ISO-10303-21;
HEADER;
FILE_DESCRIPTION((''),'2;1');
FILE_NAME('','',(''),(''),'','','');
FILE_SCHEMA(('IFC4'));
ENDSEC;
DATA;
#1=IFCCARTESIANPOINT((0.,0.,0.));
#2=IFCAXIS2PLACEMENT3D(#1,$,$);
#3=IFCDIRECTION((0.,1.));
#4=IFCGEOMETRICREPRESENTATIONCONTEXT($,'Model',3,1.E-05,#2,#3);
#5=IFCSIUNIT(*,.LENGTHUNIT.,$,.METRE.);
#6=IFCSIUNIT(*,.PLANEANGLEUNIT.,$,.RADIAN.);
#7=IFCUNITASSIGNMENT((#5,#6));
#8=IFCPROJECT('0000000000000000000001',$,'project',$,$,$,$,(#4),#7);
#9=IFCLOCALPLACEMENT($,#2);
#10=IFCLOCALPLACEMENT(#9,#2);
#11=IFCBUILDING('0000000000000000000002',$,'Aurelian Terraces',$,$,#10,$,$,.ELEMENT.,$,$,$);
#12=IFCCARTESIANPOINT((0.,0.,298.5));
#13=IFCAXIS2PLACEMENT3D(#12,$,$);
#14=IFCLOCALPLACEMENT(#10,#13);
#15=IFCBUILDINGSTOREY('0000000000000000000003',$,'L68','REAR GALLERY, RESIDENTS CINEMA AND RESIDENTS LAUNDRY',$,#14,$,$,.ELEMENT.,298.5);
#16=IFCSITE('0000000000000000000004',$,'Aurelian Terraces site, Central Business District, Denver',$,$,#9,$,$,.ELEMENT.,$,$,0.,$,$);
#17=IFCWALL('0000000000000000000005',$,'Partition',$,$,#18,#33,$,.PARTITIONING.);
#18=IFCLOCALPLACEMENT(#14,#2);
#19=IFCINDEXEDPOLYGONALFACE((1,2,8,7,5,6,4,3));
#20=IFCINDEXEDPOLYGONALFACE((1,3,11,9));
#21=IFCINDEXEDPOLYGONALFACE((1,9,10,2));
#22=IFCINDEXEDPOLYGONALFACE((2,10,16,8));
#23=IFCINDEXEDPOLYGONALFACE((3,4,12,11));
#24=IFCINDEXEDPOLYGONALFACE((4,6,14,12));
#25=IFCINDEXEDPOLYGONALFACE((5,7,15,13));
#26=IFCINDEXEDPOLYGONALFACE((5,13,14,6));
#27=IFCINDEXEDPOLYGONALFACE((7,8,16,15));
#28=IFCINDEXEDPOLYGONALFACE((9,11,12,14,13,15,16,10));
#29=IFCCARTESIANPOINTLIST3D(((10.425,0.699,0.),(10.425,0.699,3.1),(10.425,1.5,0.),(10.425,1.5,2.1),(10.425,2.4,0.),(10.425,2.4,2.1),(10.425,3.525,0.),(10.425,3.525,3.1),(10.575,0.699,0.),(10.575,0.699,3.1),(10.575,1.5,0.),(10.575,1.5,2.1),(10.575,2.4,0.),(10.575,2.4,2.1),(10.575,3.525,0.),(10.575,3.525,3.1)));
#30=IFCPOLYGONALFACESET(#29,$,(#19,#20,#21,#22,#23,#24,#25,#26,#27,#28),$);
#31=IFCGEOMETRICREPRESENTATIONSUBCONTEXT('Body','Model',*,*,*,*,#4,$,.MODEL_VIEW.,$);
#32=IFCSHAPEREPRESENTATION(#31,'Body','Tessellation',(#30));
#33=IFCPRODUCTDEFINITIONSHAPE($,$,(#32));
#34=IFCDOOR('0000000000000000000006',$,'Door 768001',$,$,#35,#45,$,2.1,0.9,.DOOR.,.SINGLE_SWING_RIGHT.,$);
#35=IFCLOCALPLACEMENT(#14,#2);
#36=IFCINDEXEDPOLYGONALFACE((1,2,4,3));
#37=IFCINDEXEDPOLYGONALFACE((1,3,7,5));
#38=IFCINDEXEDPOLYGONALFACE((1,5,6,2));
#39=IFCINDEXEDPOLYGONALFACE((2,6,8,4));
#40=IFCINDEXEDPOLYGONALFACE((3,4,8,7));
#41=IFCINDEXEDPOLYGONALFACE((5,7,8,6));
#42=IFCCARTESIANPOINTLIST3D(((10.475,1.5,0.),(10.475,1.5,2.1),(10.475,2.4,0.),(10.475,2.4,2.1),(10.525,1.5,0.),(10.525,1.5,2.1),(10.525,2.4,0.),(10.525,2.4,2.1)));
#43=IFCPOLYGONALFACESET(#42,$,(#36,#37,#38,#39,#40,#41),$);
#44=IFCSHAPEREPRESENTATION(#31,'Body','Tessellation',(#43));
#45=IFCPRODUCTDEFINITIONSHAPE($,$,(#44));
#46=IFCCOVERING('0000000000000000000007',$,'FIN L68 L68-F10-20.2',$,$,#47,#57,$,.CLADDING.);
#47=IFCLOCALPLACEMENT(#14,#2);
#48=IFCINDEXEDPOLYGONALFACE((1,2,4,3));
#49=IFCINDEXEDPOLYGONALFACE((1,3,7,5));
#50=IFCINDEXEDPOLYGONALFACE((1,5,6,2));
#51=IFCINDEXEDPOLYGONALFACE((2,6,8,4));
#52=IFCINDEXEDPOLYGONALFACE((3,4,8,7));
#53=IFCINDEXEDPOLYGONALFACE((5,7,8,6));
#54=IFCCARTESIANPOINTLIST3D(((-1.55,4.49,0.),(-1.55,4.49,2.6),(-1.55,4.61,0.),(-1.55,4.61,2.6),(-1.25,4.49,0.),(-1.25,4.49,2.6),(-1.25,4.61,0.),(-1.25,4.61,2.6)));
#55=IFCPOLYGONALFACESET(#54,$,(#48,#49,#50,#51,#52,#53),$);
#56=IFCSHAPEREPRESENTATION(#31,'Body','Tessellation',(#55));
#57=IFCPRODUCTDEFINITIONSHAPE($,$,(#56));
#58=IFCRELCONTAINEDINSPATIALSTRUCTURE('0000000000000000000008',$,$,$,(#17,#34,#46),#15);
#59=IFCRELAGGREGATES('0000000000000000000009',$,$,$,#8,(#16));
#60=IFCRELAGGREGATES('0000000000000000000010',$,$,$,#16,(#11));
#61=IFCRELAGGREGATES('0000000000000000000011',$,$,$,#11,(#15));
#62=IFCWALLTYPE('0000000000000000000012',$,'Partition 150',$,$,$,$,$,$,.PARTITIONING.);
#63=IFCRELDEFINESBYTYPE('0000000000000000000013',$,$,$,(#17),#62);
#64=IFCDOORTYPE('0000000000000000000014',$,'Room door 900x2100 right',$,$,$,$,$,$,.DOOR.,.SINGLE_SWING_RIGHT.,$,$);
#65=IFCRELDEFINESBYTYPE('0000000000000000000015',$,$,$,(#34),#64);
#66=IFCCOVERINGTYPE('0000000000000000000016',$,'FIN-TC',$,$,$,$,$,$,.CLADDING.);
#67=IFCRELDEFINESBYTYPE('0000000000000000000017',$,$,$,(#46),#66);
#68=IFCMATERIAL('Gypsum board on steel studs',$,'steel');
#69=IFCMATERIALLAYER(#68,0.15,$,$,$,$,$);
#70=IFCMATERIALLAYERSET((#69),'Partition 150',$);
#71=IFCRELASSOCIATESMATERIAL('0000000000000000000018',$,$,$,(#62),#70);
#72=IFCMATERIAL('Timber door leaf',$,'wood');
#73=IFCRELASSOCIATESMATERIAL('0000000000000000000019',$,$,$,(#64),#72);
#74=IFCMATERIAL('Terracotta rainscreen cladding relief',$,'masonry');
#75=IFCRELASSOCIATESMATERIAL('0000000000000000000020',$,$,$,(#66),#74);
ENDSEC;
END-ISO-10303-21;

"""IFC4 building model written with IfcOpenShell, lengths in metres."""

from ifc_helpers import new_model, si_unit, direction, frame, frame_2d, origin, origin_2d, place, context, subcontext, project, spatial, rectangle, extrude, source, transform, mapped, material, layer, layer_set, type_object, element, fill, save


model = new_model("IFC4")

# Units and contexts
model_context = context("Model", 3, precision=1e-05, world=origin(), true_north=direction((0.0, 1.0)))
body_context = subcontext(model_context, "Body", "Model", "MODEL_VIEW")
ifc_project = project(units=[si_unit("LENGTHUNIT", "METRE"), si_unit("PLANEANGLEUNIT", "RADIAN")], contexts=[model_context])

# Site, building, storey
site_placement = place(None, origin())
site = spatial("IfcSite", under=ifc_project, at=site_placement, Name="Aurelian Terraces site, Central Business District, Denver", CompositionType="ELEMENT", RefElevation=0.0)
building_placement = place(site_placement, origin())
building = spatial("IfcBuilding", under=site, at=building_placement, Name="Aurelian Terraces", CompositionType="ELEMENT")
storey_placement = place(building_placement, frame((0.0, 0.0, 298.5)))
storey = spatial("IfcBuildingStorey", under=building, at=storey_placement, Name="L68", Description="REAR GALLERY, RESIDENTS CINEMA AND RESIDENTS LAUNDRY", CompositionType="ELEMENT", Elevation=298.5)

# Shared definitions
shared_shape_1 = source(origin(), body_context, "Body", "SweptSolid", [
    extrude(rectangle(XDim=0.9, YDim=2.1, at=frame_2d((0.45, 1.05))), frame((0.0, 0.025, 0.0), z_axis=(0.0, -1.0, 0.0), x_axis=(1.0, 0.0, 0.0)), (0.0, 0.0, 1.0), 0.05),
])

# Wall, opening, door
ifc_material_1 = material(Name="Gypsum board on steel studs", Category="steel")
ifc_layer_1 = layer(ifc_material_1, 0.15)
ifc_layer_set_1 = layer_set([ifc_layer_1], Name="Partition 150")
wall_type_1 = type_object("IfcWallType", Name="Partition 150", PredefinedType="PARTITIONING", material=ifc_layer_set_1)
shared_shape_2 = source(origin(), body_context, "Body", "SweptSolid", [
    extrude(rectangle(XDim=2.826, YDim=0.15, at=frame_2d((1.413, 0.0))), origin(), (0.0, 0.0, 1.0), 3.1),
])
wall_1_placement = place(storey_placement, frame((10.5, 3.525, 0.0), z_axis=(0.0, 0.0, 1.0), x_axis=(0.0, -1.0, 0.0)))
wall_1 = element("IfcWall", 1, at=wall_1_placement, inside=storey, type_object=wall_type_1, Name="Partition", PredefinedType="PARTITIONING", context=body_context, shape_type="MappedRepresentation", body=[
    mapped(shared_shape_2, transform((0.0, 0.0, 0.0), scale=1.0)),
])
shared_shape_3 = source(origin(), body_context, "Body", "SweptSolid", [
    extrude(rectangle(XDim=0.9, YDim=2.1, at=frame_2d((0.45, 1.05))), frame((0.0, 0.085, 0.0), z_axis=(0.0, -1.0, 0.0), x_axis=(1.0, 0.0, 0.0)), (0.0, 0.0, 1.0), 0.17),
])
opening_1_placement = place(wall_1_placement, frame((1.125, 0.0, 0.0)))
opening_1 = element("IfcOpeningElement", 2, at=opening_1_placement, cuts=wall_1, PredefinedType="OPENING", context=body_context, shape_type="MappedRepresentation", body=[
    mapped(shared_shape_3, transform((0.0, 0.0, 0.0), scale=1.0)),
])
ifc_material_2 = material(Name="Timber door leaf", Category="wood")
door_type_1 = type_object("IfcDoorType", Name="Room door 900x2100 right", OperationType="SINGLE_SWING_RIGHT", PredefinedType="DOOR", material=ifc_material_2)
door_1_placement = place(opening_1_placement, origin())
door_1 = element("IfcDoor", 3, at=door_1_placement, inside=storey, type_object=door_type_1, Name="Door 768001", OperationType="SINGLE_SWING_RIGHT", OverallHeight=2.1, OverallWidth=0.9, PredefinedType="DOOR", context=body_context, shape_type="MappedRepresentation", body=[
    mapped(shared_shape_1, transform((0.0, 0.0, 0.0), scale=1.0)),
])
fill(opening_1, door_1)

# Covering
ifc_material_3 = material(Name="Terracotta rainscreen cladding relief", Category="masonry")
covering_type = type_object("IfcCoveringType", Name="FIN-TC", PredefinedType="CLADDING", material=ifc_material_3)
shared_shape_4 = source(origin(), body_context, "Body", "SweptSolid", [
    extrude(rectangle(XDim=0.3, YDim=0.12, at=origin_2d()), origin(), (0.0, 0.0, 1.0), 2.6),
])
covering_placement = place(storey_placement, frame((-1.4, 4.55, 0.0), z_axis=(0.0, 0.0, 1.0), x_axis=(1.0, 0.0, 0.0)))
element("IfcCovering", 4, at=covering_placement, inside=storey, type_object=covering_type, Name="FIN L68 L68-F10-20.2", PredefinedType="CLADDING", context=body_context, shape_type="MappedRepresentation", body=[
    mapped(shared_shape_4, transform((0.0, 0.0, 0.0), scale=1.0)),
])

save(model, "model.ifc")
